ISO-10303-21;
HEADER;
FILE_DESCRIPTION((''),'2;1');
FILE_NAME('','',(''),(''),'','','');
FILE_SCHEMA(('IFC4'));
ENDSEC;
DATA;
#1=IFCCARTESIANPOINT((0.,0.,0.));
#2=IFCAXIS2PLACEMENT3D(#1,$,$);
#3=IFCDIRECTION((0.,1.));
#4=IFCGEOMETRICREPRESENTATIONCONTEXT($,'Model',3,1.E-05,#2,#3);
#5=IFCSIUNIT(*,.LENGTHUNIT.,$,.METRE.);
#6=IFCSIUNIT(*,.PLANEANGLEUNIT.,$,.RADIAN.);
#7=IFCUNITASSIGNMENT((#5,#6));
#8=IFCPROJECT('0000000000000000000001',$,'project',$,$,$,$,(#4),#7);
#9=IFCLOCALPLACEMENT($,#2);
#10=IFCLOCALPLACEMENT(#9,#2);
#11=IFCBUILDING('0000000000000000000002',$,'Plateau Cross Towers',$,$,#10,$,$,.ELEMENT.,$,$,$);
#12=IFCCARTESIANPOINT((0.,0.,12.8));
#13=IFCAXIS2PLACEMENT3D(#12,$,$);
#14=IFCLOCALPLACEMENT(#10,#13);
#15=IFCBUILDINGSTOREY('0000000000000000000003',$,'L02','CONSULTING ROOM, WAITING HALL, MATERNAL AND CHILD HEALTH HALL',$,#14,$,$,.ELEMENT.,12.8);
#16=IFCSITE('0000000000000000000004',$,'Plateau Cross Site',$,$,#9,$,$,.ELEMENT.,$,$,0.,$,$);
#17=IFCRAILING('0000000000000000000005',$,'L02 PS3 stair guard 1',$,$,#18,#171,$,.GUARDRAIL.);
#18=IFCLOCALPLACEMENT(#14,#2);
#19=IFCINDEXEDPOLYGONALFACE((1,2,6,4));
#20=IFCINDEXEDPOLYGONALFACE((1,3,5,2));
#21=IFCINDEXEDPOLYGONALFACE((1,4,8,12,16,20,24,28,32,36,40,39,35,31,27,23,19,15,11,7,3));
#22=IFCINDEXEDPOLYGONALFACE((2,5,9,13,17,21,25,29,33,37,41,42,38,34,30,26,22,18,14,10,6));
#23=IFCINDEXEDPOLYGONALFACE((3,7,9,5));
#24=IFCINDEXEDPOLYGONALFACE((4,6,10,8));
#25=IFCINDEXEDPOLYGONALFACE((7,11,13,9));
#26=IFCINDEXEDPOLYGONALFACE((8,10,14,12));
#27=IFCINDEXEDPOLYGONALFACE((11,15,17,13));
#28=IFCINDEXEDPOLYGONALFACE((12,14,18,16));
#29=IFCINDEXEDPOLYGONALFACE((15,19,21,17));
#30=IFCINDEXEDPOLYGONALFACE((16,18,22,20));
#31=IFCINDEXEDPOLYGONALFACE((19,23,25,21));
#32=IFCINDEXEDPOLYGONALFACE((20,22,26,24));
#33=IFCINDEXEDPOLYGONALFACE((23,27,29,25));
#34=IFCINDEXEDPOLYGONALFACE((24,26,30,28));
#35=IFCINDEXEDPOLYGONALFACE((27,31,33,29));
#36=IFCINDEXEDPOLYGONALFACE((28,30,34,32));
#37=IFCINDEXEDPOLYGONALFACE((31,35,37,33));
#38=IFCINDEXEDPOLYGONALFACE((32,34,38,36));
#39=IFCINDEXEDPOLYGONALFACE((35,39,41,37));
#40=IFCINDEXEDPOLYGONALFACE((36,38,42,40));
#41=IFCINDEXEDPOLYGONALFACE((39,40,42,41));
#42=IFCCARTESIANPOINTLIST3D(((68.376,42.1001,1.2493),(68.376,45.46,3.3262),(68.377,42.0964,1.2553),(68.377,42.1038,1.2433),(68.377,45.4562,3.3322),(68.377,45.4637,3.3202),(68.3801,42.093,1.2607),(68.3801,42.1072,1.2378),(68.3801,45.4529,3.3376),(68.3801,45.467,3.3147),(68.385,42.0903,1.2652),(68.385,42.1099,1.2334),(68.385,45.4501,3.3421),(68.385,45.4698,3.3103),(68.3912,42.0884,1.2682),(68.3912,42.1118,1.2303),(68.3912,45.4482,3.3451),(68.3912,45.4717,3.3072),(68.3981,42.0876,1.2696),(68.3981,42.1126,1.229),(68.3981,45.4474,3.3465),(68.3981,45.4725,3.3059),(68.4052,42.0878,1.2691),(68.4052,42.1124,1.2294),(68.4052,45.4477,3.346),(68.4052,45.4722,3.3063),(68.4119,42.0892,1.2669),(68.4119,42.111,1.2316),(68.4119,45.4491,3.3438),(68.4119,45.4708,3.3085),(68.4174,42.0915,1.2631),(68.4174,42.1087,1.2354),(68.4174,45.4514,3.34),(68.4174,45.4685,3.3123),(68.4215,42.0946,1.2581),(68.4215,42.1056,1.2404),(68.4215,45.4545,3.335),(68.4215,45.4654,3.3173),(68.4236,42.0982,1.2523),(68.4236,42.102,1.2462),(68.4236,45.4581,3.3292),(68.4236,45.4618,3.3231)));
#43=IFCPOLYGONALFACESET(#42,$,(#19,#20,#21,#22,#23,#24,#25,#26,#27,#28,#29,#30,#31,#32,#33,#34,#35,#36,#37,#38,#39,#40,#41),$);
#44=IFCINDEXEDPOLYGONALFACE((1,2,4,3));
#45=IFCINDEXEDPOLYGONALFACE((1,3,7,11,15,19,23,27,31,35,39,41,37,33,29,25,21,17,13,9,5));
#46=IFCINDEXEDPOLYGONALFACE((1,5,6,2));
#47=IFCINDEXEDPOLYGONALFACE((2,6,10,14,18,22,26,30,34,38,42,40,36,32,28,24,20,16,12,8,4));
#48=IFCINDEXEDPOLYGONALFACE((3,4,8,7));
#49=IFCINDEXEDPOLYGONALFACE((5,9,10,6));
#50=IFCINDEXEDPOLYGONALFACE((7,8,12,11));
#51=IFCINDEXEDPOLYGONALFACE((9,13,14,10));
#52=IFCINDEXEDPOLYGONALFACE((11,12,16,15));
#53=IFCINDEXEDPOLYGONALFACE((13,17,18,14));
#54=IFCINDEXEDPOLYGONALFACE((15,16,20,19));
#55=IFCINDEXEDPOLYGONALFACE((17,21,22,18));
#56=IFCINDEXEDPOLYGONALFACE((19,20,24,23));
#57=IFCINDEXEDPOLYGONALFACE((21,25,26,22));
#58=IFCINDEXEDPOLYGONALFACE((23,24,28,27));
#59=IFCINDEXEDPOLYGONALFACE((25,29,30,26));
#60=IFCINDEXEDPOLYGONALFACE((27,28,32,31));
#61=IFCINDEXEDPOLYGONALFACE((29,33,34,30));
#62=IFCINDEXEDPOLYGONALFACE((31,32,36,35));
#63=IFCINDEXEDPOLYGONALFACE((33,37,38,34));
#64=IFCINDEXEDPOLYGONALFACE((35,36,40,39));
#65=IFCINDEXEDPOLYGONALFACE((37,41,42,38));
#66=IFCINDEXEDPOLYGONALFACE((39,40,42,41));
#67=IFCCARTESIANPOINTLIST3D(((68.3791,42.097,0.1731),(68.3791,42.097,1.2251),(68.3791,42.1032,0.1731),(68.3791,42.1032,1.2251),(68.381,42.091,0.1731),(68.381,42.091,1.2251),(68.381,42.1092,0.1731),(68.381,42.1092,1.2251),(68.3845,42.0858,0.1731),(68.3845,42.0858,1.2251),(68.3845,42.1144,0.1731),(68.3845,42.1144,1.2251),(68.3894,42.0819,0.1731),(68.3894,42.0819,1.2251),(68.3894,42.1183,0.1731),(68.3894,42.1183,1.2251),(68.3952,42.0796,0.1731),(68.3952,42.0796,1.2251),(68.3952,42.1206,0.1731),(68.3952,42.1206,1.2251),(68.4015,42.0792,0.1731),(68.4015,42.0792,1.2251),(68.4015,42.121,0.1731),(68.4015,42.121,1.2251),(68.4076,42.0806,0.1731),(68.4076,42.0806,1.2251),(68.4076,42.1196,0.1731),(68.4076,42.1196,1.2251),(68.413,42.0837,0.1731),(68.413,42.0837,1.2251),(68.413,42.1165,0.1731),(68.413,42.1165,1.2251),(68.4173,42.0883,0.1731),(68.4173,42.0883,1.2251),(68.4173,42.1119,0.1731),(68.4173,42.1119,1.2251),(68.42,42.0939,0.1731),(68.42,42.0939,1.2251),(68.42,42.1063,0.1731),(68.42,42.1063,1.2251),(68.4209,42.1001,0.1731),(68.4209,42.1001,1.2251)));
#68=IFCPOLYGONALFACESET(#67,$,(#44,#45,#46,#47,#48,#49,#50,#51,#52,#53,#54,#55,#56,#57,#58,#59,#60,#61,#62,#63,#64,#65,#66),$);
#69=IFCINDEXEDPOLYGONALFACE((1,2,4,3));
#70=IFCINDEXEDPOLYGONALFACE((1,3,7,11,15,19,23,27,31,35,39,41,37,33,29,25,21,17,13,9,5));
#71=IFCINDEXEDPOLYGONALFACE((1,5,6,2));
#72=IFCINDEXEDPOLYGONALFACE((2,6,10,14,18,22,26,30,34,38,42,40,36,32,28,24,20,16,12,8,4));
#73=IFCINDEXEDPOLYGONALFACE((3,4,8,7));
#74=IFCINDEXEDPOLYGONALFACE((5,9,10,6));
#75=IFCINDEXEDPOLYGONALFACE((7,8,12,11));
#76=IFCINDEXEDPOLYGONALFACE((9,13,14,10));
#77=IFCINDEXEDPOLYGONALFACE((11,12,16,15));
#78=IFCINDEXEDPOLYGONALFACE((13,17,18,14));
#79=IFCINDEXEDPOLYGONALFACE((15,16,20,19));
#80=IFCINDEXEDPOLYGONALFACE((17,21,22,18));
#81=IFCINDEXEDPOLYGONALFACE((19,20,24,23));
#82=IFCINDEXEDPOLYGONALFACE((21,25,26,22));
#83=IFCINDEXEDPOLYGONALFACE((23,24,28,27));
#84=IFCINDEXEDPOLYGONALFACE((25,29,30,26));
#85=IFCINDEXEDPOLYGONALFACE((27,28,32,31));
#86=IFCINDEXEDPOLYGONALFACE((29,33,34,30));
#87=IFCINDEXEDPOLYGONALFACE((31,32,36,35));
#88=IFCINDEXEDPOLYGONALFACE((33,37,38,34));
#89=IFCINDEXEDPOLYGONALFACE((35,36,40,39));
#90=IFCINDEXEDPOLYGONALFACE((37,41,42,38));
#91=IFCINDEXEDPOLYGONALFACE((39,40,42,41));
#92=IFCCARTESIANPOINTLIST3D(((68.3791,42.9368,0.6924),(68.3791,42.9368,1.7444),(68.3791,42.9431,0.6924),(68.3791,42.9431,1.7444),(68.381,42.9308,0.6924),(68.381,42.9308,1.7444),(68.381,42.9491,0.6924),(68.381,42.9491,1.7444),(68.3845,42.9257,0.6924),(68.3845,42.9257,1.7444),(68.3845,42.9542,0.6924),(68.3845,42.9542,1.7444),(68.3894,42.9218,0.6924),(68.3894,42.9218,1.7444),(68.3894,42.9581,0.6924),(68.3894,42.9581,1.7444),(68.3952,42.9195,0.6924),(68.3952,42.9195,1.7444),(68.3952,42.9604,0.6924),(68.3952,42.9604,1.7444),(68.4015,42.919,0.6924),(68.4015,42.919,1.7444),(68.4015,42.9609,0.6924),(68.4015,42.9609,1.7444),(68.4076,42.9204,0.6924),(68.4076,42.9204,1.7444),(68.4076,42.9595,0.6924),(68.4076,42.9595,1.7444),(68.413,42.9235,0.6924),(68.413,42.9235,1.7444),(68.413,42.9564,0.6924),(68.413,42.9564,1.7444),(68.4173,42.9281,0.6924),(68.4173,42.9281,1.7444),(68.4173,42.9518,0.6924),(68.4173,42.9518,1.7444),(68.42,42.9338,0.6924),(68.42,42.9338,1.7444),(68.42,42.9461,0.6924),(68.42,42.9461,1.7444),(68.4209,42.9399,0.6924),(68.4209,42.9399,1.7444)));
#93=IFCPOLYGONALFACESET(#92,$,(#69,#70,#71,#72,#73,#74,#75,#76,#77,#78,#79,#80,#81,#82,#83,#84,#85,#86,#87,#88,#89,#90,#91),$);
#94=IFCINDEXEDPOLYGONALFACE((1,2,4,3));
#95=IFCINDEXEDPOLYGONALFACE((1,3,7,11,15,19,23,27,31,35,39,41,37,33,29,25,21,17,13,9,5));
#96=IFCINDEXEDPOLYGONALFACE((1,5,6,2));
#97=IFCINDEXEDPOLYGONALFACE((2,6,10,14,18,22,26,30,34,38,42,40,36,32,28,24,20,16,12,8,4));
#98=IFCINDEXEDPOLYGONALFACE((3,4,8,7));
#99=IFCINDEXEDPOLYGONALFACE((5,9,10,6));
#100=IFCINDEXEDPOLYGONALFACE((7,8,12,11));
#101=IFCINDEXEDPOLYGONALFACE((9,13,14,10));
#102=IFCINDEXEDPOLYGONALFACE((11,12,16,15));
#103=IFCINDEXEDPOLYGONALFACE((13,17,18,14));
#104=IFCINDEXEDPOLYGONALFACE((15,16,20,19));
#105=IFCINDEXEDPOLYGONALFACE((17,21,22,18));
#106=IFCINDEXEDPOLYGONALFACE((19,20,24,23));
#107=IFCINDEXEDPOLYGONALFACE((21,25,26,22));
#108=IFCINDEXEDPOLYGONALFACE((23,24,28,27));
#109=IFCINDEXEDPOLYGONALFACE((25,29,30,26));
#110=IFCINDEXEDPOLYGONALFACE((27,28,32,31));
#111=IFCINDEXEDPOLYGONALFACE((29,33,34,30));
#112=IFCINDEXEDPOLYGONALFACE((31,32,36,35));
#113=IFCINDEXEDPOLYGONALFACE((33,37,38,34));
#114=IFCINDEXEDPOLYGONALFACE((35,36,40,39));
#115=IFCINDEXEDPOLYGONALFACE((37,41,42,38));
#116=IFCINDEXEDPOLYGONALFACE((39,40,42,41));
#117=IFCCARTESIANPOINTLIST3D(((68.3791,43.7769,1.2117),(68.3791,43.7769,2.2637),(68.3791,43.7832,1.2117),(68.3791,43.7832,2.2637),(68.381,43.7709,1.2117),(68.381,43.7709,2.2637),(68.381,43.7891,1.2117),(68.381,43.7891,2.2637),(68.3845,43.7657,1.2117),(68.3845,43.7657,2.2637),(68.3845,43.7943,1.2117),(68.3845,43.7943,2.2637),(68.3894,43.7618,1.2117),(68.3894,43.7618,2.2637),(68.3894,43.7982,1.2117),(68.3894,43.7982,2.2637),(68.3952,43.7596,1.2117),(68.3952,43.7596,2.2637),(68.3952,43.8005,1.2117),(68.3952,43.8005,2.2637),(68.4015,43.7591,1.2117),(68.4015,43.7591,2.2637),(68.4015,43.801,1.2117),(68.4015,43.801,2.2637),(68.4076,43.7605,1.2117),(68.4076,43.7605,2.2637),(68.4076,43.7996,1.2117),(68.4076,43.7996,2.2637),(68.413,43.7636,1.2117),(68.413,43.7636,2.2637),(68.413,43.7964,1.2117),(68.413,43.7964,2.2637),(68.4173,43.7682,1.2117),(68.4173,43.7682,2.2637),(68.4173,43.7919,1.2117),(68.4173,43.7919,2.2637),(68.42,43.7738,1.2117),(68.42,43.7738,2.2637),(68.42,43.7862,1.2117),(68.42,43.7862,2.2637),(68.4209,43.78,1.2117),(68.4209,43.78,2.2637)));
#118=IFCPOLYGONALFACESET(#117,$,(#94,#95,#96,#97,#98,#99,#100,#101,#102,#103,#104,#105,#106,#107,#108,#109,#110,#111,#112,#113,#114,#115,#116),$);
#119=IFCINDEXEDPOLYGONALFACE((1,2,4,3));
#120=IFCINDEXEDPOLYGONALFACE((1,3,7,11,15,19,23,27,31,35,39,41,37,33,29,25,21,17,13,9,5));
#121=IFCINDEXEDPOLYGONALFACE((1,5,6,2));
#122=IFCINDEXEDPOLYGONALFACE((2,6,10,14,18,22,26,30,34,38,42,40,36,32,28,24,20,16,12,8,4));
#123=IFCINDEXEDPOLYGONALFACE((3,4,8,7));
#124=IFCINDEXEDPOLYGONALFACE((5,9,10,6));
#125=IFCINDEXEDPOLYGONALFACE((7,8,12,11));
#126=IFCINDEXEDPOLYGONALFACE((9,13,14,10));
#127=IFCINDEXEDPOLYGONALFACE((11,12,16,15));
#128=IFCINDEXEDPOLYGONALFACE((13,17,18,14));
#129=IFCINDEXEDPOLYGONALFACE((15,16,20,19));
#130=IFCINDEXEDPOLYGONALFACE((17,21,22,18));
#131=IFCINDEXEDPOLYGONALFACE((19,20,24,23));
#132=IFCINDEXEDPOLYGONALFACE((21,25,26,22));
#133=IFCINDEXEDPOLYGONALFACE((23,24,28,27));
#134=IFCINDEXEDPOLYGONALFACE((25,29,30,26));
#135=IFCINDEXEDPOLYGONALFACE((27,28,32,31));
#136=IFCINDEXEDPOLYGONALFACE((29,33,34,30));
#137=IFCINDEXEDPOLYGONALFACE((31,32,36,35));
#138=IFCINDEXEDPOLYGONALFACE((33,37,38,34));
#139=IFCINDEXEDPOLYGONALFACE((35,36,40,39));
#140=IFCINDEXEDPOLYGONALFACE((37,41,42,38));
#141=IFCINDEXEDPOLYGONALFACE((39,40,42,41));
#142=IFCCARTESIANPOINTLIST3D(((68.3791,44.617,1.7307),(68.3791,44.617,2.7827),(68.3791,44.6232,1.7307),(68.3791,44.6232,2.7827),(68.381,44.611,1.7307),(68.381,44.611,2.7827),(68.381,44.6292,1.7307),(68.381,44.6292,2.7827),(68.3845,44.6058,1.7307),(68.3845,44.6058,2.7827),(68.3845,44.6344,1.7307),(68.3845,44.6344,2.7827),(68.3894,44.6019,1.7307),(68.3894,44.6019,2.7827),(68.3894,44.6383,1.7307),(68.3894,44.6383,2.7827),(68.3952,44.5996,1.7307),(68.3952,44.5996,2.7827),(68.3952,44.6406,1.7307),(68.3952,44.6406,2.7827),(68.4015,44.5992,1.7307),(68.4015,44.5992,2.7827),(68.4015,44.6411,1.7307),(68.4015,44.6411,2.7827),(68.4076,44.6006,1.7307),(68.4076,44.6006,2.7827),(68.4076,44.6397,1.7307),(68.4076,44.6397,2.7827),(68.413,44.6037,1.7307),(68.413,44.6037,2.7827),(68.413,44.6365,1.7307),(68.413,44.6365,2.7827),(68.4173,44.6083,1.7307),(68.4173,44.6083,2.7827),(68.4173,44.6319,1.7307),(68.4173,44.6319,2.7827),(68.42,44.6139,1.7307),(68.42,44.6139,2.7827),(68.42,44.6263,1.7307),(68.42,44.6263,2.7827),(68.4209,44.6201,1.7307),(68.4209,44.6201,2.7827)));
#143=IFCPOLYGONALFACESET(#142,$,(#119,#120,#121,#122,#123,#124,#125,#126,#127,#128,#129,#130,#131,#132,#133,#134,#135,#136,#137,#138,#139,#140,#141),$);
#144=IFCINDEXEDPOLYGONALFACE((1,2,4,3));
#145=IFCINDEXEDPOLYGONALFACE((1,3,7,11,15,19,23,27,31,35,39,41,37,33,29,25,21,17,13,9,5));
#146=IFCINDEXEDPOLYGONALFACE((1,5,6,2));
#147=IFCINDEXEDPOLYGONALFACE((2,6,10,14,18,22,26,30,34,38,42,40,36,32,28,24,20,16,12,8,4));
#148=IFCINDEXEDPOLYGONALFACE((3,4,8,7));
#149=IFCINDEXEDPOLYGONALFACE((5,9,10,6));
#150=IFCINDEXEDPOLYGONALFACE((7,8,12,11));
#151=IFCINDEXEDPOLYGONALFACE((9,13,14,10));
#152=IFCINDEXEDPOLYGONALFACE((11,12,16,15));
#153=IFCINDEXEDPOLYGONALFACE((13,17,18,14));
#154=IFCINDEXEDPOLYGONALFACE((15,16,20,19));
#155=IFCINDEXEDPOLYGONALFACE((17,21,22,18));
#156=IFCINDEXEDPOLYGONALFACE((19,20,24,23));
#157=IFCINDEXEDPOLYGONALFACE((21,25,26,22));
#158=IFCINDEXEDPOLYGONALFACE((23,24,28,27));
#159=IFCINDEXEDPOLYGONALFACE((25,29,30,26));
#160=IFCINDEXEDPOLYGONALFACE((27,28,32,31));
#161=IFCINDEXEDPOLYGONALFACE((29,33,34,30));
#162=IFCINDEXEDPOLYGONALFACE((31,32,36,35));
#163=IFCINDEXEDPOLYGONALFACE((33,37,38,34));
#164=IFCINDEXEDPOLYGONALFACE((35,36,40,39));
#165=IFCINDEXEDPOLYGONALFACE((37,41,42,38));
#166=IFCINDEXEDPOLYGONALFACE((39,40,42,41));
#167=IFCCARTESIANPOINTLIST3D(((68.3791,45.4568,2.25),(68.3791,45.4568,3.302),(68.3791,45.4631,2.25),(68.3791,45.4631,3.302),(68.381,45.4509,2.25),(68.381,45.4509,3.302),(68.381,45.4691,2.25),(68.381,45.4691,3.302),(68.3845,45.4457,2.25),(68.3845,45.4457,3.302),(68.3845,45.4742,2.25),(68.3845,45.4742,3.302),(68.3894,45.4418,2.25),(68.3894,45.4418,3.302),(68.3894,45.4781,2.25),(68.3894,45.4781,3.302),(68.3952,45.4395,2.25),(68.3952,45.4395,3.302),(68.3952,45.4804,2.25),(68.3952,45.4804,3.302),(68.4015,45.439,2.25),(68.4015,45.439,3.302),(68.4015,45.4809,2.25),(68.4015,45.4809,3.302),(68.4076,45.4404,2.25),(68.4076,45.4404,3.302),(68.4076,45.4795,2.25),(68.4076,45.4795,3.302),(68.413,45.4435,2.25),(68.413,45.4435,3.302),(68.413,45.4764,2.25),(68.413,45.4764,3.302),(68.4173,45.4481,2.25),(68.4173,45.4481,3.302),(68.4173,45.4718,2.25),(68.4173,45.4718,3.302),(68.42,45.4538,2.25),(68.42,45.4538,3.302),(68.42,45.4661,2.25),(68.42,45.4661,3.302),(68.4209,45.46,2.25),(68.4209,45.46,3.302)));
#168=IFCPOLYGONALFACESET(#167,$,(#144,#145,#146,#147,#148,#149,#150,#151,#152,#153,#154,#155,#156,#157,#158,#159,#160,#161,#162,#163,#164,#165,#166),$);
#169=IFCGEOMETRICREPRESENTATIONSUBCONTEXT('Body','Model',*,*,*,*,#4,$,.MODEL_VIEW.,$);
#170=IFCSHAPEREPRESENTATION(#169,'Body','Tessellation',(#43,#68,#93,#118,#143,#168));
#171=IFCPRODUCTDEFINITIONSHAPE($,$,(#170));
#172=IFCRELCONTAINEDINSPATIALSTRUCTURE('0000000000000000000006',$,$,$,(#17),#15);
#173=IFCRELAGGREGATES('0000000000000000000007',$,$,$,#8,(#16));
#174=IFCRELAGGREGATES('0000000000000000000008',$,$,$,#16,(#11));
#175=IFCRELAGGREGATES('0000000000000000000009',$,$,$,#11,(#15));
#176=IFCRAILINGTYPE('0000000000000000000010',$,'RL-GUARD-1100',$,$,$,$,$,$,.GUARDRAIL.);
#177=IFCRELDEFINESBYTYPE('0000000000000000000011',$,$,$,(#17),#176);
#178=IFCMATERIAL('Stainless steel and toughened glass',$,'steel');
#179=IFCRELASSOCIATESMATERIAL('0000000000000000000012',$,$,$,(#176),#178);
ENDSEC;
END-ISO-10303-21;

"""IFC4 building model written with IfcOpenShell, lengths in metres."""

from ifc_helpers import new_model, si_unit, direction, frame, origin, origin_2d, place, context, subcontext, project, spatial, circle, extrude, material, type_object, element, save


model = new_model("IFC4")

# Units and contexts
model_context = context("Model", 3, precision=1e-05, world=origin(), true_north=direction((0.0, 1.0)))
body_context = subcontext(model_context, "Body", "Model", "MODEL_VIEW")
ifc_project = project(units=[si_unit("LENGTHUNIT", "METRE"), si_unit("PLANEANGLEUNIT", "RADIAN")], contexts=[model_context])

# Site, building, storey
site_placement = place(None, origin())
site = spatial("IfcSite", under=ifc_project, at=site_placement, Name="Plateau Cross Site", CompositionType="ELEMENT", RefElevation=0.0)
building_placement = place(site_placement, origin())
building = spatial("IfcBuilding", under=site, at=building_placement, Name="Plateau Cross Towers", CompositionType="ELEMENT")
storey_placement = place(building_placement, frame((0.0, 0.0, 12.8)))
storey = spatial("IfcBuildingStorey", under=building, at=storey_placement, Name="L02", Description="CONSULTING ROOM, WAITING HALL, MATERNAL AND CHILD HEALTH HALL", CompositionType="ELEMENT", Elevation=12.8)

# Railing
ifc_material_1 = material(Name="Stainless steel and toughened glass", Category="steel")
railing_type_1 = type_object("IfcRailingType", Name="RL-GUARD-1100", PredefinedType="GUARDRAIL", material=ifc_material_1)
railing_1_placement = place(storey_placement, frame((68.3999, 42.1001, 0.1731)))
element("IfcRailing", 1, at=railing_1_placement, inside=storey, type_object=railing_type_1, Name="L02 PS3 stair guard 1", PredefinedType="GUARDRAIL", context=body_context, shape_type="SweptSolid", body=[
    extrude(circle(Radius=0.0239, at=origin_2d()), frame((0.0, 0.0, 1.0762), z_axis=(0.0, 0.850606, 0.525803), x_axis=(-1.0, 0.0, 0.0)), (0.0, 0.0, 1.0), 3.95),
    extrude(circle(Radius=0.021, at=origin_2d()), origin(), (0.0, 0.0, 1.0), 1.052),
    extrude(circle(Radius=0.021, at=origin_2d()), frame((0.0, 0.8398, 0.5193)), (0.0, 0.0, 1.0), 1.052),
    extrude(circle(Radius=0.021, at=origin_2d()), frame((0.0, 1.6799, 1.0386)), (0.0, 0.0, 1.0), 1.052),
    extrude(circle(Radius=0.021, at=origin_2d()), frame((0.0, 2.52, 1.5576)), (0.0, 0.0, 1.0), 1.052),
    extrude(circle(Radius=0.021, at=origin_2d()), frame((0.0, 3.3599, 2.0769)), (0.0, 0.0, 1.0), 1.052),
])

save(model, "model.ifc")
